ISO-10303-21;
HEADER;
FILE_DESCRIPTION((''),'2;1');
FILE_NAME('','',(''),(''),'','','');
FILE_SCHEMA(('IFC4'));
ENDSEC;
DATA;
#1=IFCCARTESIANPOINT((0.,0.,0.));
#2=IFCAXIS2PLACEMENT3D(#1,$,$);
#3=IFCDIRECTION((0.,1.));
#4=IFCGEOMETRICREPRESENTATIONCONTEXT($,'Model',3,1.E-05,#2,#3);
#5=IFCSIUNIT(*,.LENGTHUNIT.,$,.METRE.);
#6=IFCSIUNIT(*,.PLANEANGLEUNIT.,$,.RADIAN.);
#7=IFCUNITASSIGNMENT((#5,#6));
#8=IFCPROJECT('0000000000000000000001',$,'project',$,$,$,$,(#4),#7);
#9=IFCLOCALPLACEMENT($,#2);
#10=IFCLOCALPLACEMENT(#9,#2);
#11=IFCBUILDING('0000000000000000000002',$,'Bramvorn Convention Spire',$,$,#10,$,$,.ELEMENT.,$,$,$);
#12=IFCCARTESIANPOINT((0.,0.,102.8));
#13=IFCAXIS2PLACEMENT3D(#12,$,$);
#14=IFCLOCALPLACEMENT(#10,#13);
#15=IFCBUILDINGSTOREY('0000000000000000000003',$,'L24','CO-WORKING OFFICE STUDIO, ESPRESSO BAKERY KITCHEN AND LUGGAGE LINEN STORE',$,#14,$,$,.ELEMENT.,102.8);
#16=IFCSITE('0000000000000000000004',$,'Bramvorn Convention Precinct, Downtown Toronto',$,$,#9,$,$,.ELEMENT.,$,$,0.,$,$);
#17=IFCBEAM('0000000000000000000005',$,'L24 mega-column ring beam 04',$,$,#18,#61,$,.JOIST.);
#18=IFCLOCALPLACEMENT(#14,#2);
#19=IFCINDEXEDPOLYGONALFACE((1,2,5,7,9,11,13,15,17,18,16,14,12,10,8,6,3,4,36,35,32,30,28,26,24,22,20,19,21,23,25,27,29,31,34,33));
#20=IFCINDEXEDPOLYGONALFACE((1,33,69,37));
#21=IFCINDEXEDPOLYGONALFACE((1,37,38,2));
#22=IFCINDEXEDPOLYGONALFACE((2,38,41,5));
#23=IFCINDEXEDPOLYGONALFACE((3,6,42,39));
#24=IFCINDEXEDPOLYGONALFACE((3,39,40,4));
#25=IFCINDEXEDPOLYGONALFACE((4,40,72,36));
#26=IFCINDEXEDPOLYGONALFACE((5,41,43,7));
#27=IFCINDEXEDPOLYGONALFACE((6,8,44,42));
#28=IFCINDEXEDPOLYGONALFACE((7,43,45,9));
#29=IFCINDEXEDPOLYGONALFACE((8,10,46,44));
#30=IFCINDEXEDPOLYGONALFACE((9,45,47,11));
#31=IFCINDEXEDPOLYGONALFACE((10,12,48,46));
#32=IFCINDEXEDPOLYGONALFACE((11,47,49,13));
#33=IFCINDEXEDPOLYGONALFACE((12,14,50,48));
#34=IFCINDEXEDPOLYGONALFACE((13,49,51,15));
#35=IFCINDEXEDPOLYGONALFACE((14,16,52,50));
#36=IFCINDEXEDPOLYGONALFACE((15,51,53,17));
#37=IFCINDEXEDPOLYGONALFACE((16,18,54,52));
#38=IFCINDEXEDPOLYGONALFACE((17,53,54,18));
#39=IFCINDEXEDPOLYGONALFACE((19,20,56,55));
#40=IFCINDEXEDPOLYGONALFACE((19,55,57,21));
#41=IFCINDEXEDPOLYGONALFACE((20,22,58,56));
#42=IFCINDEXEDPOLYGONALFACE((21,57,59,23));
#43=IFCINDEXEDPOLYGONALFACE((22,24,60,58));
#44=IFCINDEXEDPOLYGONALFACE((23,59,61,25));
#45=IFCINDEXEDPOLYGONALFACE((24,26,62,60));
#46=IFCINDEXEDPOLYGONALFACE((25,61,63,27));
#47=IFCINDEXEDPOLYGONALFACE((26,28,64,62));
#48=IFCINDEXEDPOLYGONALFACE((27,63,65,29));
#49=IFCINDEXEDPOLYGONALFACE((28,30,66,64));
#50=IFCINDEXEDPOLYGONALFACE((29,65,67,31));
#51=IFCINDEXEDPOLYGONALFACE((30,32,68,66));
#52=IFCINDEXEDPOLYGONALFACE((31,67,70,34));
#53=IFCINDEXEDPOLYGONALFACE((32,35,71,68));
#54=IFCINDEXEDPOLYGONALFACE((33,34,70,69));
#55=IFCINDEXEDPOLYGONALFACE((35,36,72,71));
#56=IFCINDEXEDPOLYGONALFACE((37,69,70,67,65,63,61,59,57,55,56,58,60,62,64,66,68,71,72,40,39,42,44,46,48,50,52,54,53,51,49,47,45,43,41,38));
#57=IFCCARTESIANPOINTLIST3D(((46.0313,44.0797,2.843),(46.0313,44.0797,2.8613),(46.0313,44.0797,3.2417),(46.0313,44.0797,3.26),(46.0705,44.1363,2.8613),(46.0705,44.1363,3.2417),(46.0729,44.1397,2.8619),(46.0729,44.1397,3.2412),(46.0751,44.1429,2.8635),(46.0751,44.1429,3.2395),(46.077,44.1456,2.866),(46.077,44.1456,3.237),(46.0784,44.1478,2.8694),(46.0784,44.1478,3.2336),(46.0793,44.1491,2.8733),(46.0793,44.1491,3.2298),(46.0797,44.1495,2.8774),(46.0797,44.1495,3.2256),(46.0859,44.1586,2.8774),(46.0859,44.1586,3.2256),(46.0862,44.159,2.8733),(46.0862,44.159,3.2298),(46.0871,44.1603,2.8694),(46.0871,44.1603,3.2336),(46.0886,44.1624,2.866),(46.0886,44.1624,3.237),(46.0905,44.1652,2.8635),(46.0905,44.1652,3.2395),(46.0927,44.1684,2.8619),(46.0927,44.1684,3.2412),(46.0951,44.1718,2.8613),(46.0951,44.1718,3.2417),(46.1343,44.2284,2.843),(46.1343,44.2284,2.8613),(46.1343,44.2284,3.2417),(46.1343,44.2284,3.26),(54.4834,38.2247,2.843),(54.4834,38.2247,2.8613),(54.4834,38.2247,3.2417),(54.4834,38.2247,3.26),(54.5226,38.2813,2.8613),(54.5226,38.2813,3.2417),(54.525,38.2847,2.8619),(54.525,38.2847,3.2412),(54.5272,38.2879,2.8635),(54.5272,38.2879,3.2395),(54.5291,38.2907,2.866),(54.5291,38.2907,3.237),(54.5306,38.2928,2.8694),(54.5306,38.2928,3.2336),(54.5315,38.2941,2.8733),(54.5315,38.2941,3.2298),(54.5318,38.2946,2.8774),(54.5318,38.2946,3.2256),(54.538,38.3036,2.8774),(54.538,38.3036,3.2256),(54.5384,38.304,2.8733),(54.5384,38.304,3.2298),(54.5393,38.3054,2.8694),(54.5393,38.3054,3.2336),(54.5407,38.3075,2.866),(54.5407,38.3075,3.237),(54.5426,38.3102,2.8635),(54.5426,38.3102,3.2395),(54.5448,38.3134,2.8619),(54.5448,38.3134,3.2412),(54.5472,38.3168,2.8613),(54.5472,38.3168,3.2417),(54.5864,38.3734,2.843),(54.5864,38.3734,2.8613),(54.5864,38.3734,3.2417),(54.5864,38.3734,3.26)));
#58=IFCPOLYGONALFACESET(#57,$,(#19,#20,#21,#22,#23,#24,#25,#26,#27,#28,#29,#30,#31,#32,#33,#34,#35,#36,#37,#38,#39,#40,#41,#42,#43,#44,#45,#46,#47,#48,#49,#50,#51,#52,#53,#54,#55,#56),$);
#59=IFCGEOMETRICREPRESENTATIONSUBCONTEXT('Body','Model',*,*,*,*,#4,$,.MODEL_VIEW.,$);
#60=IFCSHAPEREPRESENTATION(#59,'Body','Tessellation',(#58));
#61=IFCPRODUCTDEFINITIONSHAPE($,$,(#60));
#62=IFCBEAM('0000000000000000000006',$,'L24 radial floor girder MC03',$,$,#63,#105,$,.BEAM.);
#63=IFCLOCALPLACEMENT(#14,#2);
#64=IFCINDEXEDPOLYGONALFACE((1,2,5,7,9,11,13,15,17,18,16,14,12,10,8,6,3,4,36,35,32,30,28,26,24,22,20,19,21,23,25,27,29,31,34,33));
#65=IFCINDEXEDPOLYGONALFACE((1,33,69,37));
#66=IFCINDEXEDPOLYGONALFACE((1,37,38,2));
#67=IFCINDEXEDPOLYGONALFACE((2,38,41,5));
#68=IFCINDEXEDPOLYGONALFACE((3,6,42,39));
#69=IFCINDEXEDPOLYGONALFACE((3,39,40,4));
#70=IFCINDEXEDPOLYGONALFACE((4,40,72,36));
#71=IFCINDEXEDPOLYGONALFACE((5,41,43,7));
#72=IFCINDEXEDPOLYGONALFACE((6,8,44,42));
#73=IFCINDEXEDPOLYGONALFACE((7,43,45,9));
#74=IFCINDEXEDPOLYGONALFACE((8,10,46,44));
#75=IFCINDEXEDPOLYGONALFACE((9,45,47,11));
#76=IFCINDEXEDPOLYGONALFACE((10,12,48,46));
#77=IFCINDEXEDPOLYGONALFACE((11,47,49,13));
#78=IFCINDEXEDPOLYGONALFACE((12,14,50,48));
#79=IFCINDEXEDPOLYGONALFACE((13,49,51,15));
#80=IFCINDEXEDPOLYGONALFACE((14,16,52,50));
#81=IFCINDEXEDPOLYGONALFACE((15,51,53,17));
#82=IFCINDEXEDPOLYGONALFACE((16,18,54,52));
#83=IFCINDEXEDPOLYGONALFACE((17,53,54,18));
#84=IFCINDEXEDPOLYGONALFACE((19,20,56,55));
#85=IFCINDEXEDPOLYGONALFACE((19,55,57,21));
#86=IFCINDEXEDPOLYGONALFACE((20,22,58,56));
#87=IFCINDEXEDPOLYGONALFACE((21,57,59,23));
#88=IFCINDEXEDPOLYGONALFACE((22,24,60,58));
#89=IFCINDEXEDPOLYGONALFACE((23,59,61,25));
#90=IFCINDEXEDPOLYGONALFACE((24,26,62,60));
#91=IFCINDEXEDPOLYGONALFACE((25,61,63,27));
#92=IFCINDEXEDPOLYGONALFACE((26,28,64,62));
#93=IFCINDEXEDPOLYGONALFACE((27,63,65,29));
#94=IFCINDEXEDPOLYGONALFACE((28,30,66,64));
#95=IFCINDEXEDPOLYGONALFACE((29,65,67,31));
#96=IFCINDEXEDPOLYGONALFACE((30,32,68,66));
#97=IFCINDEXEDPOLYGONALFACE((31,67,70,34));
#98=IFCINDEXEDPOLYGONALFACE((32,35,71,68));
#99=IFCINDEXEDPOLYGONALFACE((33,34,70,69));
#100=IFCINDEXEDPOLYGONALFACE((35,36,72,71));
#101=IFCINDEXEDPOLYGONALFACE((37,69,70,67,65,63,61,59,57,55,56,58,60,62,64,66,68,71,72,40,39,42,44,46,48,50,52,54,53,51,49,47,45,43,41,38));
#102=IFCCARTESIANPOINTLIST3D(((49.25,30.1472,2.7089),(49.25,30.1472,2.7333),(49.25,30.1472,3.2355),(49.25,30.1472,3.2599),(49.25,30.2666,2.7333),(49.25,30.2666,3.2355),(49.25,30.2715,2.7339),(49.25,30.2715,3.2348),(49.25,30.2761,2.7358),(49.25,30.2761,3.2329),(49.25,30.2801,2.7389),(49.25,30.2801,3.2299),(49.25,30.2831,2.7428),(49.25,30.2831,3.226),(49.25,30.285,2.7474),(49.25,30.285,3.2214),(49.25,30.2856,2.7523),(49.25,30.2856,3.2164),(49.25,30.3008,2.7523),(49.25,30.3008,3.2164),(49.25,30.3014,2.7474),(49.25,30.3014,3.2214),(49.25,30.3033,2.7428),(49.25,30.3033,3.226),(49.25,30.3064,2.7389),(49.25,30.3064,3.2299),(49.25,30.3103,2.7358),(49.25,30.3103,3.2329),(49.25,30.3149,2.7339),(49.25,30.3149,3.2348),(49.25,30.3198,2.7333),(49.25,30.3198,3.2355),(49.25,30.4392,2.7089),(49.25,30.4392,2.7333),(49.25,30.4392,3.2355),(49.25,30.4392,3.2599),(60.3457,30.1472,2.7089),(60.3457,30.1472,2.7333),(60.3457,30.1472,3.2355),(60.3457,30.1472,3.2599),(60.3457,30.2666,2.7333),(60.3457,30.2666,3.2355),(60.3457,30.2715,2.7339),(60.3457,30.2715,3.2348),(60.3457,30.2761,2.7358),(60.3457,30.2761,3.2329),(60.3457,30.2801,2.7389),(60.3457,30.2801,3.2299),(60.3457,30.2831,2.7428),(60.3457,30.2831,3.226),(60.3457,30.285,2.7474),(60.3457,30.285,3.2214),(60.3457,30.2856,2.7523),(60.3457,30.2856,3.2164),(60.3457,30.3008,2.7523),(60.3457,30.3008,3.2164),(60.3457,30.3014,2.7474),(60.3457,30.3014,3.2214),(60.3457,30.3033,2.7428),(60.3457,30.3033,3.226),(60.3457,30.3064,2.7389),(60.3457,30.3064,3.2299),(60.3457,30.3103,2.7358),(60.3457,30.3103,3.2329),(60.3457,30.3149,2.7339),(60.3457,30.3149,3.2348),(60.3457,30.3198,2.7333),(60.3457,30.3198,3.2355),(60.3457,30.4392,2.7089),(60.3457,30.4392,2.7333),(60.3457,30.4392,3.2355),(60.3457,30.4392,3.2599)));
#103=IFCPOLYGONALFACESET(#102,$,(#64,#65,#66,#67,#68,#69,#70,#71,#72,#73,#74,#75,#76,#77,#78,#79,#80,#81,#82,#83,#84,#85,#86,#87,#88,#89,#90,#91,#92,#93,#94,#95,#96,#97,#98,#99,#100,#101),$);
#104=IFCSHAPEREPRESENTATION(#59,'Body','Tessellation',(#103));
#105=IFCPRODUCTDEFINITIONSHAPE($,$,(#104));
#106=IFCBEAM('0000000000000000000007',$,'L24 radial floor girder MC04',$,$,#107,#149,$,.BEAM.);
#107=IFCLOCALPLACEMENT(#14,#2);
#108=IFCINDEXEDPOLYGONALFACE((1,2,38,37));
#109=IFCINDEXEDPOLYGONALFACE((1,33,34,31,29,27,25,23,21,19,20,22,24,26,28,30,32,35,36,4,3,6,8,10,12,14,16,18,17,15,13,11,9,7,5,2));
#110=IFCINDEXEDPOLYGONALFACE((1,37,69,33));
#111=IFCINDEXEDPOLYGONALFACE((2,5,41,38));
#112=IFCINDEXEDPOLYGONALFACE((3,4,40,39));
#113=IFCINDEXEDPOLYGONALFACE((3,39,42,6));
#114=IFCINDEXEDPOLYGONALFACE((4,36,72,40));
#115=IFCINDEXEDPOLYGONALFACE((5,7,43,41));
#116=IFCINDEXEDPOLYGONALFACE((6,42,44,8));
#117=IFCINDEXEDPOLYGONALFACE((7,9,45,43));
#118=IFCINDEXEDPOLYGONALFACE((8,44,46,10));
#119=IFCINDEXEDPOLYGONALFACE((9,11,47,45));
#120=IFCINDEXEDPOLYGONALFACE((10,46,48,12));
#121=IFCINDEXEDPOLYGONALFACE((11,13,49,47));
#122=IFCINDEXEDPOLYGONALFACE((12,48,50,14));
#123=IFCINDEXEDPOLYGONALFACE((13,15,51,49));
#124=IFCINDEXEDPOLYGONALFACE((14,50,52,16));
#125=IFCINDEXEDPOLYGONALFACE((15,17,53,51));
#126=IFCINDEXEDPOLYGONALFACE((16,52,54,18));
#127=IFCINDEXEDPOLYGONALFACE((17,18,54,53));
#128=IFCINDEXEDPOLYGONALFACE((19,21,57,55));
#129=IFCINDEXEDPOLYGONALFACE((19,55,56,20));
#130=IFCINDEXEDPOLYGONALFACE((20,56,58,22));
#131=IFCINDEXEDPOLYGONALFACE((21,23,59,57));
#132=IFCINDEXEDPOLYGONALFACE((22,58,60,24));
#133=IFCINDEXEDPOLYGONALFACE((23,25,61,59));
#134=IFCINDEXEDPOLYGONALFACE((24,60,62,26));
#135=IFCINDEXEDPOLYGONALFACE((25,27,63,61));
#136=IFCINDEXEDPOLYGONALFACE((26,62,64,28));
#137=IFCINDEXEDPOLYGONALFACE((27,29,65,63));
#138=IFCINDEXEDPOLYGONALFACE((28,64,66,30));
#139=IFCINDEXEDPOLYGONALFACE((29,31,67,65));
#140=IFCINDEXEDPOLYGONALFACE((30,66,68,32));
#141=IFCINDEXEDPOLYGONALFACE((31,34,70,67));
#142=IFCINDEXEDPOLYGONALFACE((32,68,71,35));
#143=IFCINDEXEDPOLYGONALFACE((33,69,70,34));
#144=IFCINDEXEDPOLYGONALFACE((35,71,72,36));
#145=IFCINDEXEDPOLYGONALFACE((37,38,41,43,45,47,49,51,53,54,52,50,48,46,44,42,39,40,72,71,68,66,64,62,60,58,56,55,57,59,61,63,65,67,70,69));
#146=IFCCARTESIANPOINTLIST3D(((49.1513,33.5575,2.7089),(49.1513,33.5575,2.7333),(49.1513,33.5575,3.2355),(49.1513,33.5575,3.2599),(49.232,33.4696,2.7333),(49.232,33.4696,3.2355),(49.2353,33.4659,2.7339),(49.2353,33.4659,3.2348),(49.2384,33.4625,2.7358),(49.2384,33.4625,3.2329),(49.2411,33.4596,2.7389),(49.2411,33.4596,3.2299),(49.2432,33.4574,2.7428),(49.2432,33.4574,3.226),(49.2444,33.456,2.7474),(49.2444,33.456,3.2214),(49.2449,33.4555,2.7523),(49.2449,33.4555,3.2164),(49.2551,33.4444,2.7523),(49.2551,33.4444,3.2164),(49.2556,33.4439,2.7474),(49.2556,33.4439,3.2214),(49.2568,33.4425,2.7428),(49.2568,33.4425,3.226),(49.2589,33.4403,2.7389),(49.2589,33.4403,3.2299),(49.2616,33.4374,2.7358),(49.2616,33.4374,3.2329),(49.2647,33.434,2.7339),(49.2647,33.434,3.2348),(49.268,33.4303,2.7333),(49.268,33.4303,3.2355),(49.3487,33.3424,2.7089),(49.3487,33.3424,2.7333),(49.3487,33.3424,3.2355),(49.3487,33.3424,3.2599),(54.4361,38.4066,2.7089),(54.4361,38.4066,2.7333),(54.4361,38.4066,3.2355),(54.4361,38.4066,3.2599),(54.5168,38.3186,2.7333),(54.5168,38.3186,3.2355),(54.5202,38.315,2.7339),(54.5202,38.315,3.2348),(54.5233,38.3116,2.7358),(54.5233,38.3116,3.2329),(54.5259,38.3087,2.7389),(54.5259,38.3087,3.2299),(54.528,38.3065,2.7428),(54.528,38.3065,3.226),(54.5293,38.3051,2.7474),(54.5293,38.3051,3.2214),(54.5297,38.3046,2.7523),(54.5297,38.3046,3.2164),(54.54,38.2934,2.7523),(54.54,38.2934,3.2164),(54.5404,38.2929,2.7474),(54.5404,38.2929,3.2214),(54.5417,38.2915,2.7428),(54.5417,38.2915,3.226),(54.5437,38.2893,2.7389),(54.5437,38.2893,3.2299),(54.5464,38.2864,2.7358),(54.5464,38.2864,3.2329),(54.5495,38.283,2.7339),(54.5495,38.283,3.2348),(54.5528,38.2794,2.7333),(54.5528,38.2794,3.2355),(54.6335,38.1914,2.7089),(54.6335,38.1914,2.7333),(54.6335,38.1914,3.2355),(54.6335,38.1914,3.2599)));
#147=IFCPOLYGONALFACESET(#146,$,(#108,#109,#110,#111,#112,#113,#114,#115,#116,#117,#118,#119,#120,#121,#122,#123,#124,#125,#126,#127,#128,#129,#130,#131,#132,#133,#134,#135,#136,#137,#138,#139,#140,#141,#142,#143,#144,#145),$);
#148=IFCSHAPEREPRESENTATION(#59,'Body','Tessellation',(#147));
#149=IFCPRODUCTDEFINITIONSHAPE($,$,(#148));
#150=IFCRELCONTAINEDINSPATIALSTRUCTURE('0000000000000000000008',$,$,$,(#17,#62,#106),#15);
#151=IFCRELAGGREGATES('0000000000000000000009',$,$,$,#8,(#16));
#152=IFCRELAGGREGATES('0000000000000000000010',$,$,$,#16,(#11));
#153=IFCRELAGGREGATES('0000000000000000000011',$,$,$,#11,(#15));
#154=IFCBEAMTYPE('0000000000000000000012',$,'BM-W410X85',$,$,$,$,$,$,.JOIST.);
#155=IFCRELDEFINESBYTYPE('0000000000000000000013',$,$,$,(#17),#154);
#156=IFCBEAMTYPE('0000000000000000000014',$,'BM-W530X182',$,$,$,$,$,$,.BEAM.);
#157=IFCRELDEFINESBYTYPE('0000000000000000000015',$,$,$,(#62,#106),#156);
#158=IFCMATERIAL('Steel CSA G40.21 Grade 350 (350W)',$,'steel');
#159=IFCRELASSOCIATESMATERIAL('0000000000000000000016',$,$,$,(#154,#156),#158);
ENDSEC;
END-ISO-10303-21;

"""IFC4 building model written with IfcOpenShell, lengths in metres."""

from ifc_helpers import new_model, si_unit, direction, frame, origin, origin_2d, place, context, subcontext, project, spatial, i_section, extrude, material, material_profile, profile_set, type_object, element, save


model = new_model("IFC4")

# Units and contexts
model_context = context("Model", 3, precision=1e-05, world=origin(), true_north=direction((0.0, 1.0)))
body_context = subcontext(model_context, "Body", "Model", "MODEL_VIEW")
ifc_project = project(units=[si_unit("LENGTHUNIT", "METRE"), si_unit("PLANEANGLEUNIT", "RADIAN")], contexts=[model_context])

# Site, building, storey
site_placement = place(None, origin())
site = spatial("IfcSite", under=ifc_project, at=site_placement, Name="Bramvorn Convention Precinct, Downtown Toronto", CompositionType="ELEMENT", RefElevation=0.0)
building_placement = place(site_placement, origin())
building = spatial("IfcBuilding", under=site, at=building_placement, Name="Bramvorn Convention Spire", CompositionType="ELEMENT")
storey_placement = place(building_placement, frame((0.0, 0.0, 102.8)))
storey = spatial("IfcBuildingStorey", under=building, at=storey_placement, Name="L24", Description="CO-WORKING OFFICE STUDIO, ESPRESSO BAKERY KITCHEN AND LUGGAGE LINEN STORE", CompositionType="ELEMENT", Elevation=102.8)

# Shared definitions
ifc_material_1 = material(Name="Steel CSA G40.21 Grade 350 (350W)", Category="steel")

# Beams
ifc_material_profile_1 = material_profile(ifc_material_1, i_section(OverallWidth=0.1809, OverallDepth=0.417, WebThickness=0.011, FlangeThickness=0.0183, FilletRadius=0.0161, at=origin_2d()))
ifc_profile_set_1 = profile_set([ifc_material_profile_1], Name="Steel CSA G40.21 Grade 350 (350W) - W410X85")
beam_type_1 = type_object("IfcBeamType", Name="BM-W410X85", PredefinedType="JOIST", material=ifc_profile_set_1)
beam_1_placement = place(storey_placement, frame((54.5349, 38.2991, 3.0515), z_axis=(-0.822033, 0.56944, 0.0), x_axis=(-0.56944, -0.822033, 0.0)))
element("IfcBeam", 1, at=beam_1_placement, inside=storey, type_object=beam_type_1, Name="L24 mega-column ring beam 04", PredefinedType="JOIST", context=body_context, shape_type="SweptSolid", body=[
    extrude(i_section(OverallWidth=0.1809, OverallDepth=0.417, WebThickness=0.011, FlangeThickness=0.0183, FilletRadius=0.0161, at=origin_2d()), origin(), (0.0, 0.0, 1.0), 10.282),
])
ifc_material_profile_2 = material_profile(ifc_material_1, i_section(OverallWidth=0.292, OverallDepth=0.551, WebThickness=0.0151, FlangeThickness=0.0244, FilletRadius=0.019, at=origin_2d()))
ifc_profile_set_2 = profile_set([ifc_material_profile_2], Name="Steel CSA G40.21 Grade 350 (350W) - W530X182")
beam_type_2 = type_object("IfcBeamType", Name="BM-W530X182", PredefinedType="BEAM", material=ifc_profile_set_2)
beam_2_placement = place(storey_placement, frame((49.25, 30.2932, 2.9844), z_axis=(1.0, 0.0, 0.0), x_axis=(0.0, 1.0, 0.0)))
element("IfcBeam", 2, at=beam_2_placement, inside=storey, type_object=beam_type_2, Name="L24 radial floor girder MC03", PredefinedType="BEAM", context=body_context, shape_type="SweptSolid", body=[
    extrude(i_section(OverallWidth=0.292, OverallDepth=0.551, WebThickness=0.0151, FlangeThickness=0.0244, FilletRadius=0.019, at=origin_2d()), origin(), (0.0, 0.0, 1.0), 11.0957),
])
beam_3_placement = place(storey_placement, frame((49.25, 33.45, 2.9844), z_axis=(0.736833, 0.676074, 0.0), x_axis=(-0.676074, 0.736833, 0.0)))
element("IfcBeam", 3, at=beam_3_placement, inside=storey, type_object=beam_type_2, Name="L24 radial floor girder MC04", PredefinedType="BEAM", context=body_context, shape_type="SweptSolid", body=[
    extrude(i_section(OverallWidth=0.292, OverallDepth=0.551, WebThickness=0.0151, FlangeThickness=0.0244, FilletRadius=0.019, at=origin_2d()), origin(), (0.0, 0.0, 1.0), 7.1724),
])

save(model, "model.ifc")
